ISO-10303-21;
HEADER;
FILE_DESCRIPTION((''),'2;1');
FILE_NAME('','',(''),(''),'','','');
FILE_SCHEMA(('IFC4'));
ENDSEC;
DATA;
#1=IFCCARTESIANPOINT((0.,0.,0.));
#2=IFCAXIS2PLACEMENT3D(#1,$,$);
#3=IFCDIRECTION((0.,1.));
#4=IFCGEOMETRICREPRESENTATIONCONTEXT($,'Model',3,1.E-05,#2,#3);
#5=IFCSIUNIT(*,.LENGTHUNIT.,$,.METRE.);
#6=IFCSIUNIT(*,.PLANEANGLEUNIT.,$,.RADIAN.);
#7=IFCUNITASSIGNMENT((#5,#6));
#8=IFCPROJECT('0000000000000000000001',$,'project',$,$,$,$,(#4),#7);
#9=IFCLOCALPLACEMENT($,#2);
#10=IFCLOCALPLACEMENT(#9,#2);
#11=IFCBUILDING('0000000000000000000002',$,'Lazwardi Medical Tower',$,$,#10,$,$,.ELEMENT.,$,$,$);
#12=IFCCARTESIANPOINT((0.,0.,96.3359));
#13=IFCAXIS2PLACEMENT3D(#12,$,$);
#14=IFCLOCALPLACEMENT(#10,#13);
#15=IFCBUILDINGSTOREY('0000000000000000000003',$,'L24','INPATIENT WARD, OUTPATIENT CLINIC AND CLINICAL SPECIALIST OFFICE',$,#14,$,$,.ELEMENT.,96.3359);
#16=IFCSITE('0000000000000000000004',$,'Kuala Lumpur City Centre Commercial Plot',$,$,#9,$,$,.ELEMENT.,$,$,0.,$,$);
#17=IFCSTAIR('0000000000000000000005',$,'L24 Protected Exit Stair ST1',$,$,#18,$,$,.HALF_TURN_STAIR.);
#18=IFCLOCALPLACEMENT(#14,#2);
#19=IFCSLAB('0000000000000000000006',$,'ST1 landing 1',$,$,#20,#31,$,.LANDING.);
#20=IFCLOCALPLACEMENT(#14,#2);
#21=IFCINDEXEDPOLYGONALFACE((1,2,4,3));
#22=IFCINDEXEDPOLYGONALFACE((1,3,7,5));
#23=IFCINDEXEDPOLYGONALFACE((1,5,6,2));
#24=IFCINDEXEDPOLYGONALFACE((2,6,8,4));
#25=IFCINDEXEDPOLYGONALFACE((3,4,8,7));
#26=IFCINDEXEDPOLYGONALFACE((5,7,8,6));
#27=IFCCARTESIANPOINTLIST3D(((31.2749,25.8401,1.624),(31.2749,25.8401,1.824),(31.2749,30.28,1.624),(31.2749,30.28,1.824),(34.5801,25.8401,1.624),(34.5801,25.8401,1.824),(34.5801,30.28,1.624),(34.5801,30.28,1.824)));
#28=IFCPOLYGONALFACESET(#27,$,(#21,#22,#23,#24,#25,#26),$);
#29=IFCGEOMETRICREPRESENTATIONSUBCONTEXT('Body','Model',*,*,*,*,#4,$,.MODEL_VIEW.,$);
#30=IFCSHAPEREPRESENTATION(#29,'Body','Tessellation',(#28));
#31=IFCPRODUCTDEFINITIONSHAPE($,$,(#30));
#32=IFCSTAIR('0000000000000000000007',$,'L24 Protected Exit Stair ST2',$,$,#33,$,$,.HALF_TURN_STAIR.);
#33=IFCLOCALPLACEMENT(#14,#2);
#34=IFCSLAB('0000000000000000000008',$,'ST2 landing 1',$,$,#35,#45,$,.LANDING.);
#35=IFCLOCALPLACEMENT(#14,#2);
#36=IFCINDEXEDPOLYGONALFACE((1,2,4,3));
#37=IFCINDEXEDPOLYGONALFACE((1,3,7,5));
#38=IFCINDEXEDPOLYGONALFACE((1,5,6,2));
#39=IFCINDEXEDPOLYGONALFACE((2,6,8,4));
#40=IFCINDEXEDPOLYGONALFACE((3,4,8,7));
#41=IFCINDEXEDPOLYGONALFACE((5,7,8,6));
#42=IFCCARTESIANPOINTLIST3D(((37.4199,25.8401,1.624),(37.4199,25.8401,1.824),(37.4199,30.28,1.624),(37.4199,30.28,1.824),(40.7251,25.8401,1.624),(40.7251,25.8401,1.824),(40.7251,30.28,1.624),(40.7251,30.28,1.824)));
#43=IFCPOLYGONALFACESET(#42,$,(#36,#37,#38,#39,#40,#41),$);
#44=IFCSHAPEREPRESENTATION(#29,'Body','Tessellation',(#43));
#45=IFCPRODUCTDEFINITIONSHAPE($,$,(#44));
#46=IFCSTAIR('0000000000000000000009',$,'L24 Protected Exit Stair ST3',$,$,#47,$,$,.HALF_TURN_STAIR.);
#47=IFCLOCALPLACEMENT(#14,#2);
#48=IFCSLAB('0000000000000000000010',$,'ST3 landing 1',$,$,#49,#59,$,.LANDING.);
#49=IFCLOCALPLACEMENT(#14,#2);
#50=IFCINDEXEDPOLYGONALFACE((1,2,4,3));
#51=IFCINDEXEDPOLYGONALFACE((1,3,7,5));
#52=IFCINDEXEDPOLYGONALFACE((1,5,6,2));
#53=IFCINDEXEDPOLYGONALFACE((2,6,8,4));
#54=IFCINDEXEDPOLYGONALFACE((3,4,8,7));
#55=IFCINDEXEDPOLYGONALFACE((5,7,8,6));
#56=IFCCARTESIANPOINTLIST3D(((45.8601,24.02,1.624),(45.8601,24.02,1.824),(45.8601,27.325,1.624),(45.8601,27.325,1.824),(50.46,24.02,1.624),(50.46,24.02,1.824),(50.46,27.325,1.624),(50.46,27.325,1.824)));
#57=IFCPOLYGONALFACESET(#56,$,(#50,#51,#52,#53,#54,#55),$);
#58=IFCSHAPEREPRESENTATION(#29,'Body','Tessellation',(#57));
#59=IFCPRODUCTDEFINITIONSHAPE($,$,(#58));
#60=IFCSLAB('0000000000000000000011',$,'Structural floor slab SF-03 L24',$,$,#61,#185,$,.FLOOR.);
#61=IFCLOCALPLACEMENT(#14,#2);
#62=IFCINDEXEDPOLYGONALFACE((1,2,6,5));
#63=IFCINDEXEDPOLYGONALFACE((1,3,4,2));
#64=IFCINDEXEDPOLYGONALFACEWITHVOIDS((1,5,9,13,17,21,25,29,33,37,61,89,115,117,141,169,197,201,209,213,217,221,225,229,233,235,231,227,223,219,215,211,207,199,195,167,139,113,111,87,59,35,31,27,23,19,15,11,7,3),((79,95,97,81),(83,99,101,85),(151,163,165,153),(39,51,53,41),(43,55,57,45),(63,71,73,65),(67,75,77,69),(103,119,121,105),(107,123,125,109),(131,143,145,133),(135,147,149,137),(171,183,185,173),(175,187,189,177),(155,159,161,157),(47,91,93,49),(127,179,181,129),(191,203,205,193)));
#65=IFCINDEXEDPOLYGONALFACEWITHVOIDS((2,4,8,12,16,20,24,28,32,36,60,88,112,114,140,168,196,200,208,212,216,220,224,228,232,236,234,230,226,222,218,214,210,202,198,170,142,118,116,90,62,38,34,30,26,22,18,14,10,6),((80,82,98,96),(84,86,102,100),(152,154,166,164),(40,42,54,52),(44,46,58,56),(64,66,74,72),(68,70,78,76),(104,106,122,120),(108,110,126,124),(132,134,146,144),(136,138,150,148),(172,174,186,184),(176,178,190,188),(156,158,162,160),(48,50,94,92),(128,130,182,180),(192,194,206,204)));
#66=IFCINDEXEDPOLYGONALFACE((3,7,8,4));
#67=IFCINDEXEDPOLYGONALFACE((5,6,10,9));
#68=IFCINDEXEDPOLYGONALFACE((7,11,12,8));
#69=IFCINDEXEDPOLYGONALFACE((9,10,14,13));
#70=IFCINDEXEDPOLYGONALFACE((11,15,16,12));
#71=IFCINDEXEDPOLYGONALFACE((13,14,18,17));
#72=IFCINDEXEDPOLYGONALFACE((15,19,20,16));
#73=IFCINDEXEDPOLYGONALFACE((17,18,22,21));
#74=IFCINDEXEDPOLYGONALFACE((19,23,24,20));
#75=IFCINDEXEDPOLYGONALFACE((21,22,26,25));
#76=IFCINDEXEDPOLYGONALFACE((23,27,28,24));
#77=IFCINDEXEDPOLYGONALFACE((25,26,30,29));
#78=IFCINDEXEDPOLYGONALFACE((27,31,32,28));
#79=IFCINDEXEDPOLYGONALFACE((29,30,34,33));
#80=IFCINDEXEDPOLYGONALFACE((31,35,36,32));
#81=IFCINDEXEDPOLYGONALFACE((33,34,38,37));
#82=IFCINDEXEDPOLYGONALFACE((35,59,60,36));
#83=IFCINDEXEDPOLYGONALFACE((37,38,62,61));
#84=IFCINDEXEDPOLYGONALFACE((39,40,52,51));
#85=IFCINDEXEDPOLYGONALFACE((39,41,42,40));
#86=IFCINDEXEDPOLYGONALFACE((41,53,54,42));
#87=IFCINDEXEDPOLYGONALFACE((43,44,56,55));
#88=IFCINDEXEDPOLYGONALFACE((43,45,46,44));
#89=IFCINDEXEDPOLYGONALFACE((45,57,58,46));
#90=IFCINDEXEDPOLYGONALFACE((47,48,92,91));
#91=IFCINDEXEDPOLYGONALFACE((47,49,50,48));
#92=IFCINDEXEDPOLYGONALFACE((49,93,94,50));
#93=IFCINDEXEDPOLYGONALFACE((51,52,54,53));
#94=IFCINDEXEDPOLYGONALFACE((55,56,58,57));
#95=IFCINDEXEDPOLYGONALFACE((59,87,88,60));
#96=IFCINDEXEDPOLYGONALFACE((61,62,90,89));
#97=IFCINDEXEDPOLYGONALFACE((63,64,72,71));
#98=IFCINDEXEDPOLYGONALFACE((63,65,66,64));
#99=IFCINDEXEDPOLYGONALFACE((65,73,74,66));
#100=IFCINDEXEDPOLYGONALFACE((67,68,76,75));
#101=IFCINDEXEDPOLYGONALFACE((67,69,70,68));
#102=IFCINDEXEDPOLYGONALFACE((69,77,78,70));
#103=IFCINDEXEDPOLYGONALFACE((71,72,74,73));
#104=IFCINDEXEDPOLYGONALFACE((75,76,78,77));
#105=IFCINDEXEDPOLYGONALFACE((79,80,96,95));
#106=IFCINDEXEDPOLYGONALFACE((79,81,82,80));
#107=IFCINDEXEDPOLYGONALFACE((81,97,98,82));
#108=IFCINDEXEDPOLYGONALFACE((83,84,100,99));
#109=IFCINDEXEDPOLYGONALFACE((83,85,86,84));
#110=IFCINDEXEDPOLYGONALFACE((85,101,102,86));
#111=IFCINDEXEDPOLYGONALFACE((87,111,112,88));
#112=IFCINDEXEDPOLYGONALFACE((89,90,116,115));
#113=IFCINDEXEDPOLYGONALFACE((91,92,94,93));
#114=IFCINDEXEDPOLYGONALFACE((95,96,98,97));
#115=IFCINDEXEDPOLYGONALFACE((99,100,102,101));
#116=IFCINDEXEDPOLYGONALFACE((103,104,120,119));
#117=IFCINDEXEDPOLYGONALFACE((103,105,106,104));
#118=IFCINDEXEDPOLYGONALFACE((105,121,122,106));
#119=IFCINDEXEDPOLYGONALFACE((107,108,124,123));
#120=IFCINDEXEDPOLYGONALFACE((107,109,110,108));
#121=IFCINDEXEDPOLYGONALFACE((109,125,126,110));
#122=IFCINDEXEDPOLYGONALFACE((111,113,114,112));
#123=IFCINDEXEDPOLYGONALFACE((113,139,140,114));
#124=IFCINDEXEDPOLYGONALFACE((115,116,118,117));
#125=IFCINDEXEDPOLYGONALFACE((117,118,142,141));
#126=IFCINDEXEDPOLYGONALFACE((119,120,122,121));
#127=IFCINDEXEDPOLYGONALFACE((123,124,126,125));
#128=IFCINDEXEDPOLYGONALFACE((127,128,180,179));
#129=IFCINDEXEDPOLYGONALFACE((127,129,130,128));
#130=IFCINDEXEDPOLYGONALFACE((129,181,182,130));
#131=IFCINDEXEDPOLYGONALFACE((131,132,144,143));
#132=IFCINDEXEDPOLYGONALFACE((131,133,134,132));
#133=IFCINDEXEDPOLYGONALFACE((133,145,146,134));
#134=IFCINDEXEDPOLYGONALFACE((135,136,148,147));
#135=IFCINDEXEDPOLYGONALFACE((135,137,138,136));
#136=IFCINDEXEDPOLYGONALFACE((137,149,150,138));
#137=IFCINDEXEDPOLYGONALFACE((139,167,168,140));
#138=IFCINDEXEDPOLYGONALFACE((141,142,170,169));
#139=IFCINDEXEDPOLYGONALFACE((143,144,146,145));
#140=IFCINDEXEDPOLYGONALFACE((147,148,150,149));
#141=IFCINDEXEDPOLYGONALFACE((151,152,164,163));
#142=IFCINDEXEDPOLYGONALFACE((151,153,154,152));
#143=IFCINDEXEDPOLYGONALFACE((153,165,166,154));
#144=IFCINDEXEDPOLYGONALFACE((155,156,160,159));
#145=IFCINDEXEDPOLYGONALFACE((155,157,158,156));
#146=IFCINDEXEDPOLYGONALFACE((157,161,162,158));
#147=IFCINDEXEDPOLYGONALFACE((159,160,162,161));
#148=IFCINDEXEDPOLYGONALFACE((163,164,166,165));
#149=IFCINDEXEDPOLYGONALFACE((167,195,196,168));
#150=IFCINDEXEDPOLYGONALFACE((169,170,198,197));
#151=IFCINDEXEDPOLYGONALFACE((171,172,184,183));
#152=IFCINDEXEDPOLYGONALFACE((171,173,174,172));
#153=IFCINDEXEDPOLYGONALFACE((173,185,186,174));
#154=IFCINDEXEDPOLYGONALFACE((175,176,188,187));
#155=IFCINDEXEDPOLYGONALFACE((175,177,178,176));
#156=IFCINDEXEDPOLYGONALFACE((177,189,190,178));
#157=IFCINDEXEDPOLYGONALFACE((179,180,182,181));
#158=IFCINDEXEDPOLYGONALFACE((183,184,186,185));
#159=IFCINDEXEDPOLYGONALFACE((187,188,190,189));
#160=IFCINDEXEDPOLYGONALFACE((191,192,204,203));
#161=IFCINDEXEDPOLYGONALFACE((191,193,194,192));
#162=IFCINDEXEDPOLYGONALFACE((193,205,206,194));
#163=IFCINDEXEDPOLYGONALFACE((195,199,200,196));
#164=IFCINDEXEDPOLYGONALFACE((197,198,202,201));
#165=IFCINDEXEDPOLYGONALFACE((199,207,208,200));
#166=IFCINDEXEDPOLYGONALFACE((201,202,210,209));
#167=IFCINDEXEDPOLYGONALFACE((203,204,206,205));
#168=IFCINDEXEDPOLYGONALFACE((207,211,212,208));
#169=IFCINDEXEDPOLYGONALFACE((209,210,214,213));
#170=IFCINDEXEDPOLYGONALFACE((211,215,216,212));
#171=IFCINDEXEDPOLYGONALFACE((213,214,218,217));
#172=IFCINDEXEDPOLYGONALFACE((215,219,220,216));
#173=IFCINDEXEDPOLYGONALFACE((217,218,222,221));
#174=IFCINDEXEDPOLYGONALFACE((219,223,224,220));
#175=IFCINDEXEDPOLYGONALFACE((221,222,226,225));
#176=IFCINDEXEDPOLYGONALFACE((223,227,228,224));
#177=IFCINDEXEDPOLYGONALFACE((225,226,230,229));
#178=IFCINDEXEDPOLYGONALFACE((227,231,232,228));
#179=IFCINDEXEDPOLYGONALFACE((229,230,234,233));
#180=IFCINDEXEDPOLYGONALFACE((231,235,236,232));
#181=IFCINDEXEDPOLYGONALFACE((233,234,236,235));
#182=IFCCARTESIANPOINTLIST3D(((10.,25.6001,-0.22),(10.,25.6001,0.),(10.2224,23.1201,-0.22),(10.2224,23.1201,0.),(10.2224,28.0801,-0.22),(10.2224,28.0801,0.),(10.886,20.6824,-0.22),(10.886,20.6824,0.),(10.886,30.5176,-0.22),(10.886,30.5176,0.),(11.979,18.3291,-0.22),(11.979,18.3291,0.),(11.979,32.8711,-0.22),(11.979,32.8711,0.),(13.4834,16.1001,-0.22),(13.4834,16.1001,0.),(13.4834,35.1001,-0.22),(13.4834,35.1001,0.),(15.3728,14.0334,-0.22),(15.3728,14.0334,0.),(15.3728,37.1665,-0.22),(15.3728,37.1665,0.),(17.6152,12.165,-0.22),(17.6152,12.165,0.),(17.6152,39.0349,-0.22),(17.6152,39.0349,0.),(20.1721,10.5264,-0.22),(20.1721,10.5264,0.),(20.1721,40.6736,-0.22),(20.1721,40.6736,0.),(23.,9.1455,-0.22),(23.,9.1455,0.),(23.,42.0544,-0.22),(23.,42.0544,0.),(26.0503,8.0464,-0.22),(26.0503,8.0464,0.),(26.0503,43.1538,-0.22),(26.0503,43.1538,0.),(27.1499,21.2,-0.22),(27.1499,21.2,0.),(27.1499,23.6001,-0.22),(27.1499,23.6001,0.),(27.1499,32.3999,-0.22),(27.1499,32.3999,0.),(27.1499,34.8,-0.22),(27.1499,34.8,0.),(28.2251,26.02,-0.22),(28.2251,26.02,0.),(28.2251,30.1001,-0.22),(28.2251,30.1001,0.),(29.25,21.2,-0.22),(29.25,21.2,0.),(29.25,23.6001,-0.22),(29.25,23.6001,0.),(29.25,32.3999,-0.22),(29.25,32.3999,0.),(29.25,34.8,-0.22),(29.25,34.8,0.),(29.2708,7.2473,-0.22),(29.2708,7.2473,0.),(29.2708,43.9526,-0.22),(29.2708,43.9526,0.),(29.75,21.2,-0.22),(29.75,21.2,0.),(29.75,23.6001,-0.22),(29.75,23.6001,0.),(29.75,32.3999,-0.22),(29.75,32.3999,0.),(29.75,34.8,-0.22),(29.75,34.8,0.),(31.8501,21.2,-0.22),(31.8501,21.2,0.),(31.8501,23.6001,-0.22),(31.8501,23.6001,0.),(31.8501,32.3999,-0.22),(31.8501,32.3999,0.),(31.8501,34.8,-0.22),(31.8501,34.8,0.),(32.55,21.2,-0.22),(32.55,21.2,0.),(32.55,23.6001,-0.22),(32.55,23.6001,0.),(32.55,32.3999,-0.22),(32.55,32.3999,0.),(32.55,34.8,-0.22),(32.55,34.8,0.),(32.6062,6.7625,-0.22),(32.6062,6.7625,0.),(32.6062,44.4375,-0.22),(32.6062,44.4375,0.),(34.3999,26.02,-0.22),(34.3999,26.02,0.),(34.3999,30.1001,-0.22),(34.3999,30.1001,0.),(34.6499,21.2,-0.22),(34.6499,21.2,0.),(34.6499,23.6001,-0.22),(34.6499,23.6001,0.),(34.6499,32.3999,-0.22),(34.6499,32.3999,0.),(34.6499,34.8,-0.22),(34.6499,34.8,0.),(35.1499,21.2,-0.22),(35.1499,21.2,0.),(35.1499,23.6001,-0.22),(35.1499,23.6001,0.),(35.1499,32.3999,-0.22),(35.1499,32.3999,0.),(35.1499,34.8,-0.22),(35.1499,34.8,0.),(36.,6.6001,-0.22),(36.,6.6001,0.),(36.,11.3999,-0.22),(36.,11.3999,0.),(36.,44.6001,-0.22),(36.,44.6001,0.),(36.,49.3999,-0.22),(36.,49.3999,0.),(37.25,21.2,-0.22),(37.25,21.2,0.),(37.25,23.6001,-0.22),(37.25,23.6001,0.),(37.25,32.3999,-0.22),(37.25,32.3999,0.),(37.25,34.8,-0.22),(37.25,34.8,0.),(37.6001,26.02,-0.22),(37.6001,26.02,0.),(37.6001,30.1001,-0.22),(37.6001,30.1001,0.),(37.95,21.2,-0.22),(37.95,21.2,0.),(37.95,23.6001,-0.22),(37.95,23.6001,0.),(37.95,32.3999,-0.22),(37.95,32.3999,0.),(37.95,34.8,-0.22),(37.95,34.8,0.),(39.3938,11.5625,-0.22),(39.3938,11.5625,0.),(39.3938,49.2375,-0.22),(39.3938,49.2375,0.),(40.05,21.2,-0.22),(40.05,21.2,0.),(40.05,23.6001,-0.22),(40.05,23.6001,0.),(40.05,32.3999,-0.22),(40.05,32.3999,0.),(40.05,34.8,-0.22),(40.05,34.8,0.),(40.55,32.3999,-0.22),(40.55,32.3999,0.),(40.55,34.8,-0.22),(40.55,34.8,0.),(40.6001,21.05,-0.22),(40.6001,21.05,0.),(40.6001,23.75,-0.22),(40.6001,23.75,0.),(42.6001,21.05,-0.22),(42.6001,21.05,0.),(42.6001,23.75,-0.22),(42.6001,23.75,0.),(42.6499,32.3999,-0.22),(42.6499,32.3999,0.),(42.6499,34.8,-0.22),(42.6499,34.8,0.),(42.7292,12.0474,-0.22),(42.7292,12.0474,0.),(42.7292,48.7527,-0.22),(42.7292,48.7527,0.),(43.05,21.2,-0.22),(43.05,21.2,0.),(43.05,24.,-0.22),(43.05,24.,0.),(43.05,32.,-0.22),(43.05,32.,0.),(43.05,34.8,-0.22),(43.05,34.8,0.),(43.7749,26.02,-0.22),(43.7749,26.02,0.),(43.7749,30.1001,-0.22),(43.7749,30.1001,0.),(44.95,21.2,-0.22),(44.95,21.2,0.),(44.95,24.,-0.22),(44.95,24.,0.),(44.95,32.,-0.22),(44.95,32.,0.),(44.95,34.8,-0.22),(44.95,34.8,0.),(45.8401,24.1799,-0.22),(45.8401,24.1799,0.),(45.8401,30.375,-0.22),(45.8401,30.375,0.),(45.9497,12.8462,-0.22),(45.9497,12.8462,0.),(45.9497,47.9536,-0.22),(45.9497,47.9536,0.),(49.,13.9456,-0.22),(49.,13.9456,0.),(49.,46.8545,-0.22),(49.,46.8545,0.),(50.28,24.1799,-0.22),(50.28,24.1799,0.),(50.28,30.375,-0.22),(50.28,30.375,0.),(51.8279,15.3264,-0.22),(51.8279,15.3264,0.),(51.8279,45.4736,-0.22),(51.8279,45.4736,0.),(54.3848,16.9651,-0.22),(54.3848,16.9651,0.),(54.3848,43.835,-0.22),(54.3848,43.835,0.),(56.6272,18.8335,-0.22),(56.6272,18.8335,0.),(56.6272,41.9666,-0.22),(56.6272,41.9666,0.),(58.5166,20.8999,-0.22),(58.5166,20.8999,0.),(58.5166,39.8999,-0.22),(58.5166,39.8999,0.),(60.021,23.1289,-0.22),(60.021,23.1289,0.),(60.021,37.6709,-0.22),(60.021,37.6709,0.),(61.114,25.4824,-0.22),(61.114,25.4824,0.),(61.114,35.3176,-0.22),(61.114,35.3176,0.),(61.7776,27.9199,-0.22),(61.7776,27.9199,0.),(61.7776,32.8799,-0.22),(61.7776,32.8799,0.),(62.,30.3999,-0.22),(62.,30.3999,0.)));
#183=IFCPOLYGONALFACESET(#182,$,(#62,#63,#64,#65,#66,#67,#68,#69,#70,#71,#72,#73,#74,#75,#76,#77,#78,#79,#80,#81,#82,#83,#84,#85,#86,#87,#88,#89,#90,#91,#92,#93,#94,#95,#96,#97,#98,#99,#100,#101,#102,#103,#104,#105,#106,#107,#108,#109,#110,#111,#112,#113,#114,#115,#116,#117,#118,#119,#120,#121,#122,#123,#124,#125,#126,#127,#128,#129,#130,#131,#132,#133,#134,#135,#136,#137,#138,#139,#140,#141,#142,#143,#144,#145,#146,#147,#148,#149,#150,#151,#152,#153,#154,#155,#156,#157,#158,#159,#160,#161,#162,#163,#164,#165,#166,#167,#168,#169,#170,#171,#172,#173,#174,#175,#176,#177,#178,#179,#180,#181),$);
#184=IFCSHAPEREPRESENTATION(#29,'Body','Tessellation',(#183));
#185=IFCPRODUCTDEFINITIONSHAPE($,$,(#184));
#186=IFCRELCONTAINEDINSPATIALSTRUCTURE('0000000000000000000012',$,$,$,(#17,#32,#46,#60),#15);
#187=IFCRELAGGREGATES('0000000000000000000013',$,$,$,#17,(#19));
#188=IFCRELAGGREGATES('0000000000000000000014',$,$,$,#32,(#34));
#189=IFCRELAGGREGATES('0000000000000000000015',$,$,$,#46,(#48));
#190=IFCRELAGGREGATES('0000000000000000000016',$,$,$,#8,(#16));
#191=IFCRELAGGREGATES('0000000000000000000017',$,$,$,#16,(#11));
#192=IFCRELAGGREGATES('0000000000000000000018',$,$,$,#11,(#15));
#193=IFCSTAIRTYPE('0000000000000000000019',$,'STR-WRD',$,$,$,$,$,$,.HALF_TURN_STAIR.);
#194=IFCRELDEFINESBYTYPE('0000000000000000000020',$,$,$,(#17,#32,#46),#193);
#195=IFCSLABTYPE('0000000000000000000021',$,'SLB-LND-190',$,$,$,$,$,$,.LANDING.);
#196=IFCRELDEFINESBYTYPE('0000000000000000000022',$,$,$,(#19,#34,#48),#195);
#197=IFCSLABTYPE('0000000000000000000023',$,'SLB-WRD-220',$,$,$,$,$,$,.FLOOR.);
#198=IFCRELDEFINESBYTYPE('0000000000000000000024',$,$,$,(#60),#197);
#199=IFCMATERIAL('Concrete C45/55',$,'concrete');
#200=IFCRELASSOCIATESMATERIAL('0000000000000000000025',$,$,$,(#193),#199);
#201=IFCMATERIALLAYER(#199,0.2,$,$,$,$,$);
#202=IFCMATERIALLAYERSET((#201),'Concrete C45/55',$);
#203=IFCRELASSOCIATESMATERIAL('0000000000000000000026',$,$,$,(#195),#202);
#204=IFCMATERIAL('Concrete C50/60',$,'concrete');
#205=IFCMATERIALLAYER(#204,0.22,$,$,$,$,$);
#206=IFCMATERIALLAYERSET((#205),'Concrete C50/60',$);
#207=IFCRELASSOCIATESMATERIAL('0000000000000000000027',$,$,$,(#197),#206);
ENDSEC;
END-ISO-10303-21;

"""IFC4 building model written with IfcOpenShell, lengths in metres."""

from ifc_helpers import new_model, si_unit, direction, frame, origin, place, context, subcontext, project, spatial, polyline, outline, extrude, material, layer, layer_set, type_object, element, aggregate, save


model = new_model("IFC4")

# Units and contexts
model_context = context("Model", 3, precision=1e-05, world=origin(), true_north=direction((0.0, 1.0)))
body_context = subcontext(model_context, "Body", "Model", "MODEL_VIEW")
ifc_project = project(units=[si_unit("LENGTHUNIT", "METRE"), si_unit("PLANEANGLEUNIT", "RADIAN")], contexts=[model_context])

# Site, building, storey
site_placement = place(None, origin())
site = spatial("IfcSite", under=ifc_project, at=site_placement, Name="Kuala Lumpur City Centre Commercial Plot", CompositionType="ELEMENT", RefElevation=0.0)
building_placement = place(site_placement, origin())
building = spatial("IfcBuilding", under=site, at=building_placement, Name="Lazwardi Medical Tower", CompositionType="ELEMENT")
storey_placement = place(building_placement, frame((0.0, 0.0, 96.3359)))
storey = spatial("IfcBuildingStorey", under=building, at=storey_placement, Name="L24", Description="INPATIENT WARD, OUTPATIENT CLINIC AND CLINICAL SPECIALIST OFFICE", CompositionType="ELEMENT", Elevation=96.3359)

# Stairs, slabs
ifc_material_1 = material(Name="Concrete C45/55", Category="concrete")
stair_type = type_object("IfcStairType", Name="STR-WRD", PredefinedType="HALF_TURN_STAIR", material=ifc_material_1)
stair_1_placement = place(storey_placement, origin())
stair_1 = element("IfcStair", 1, at=stair_1_placement, inside=storey, type_object=stair_type, Name="L24 Protected Exit Stair ST1", PredefinedType="HALF_TURN_STAIR")
ifc_layer_1 = layer(ifc_material_1, 0.2)
ifc_layer_set_1 = layer_set([ifc_layer_1], Name="Concrete C45/55")
slab_type_1 = type_object("IfcSlabType", Name="SLB-LND-190", PredefinedType="LANDING", material=ifc_layer_set_1)
slab_1_placement = place(storey_placement, frame((0.0, 0.0, 1.624)))
slab_1 = element("IfcSlab", 2, at=slab_1_placement, type_object=slab_type_1, Name="ST1 landing 1", PredefinedType="LANDING", context=body_context, shape_type="SweptSolid", body=[
    extrude(outline(polyline([(31.2749, 25.8401), (34.5801, 25.8401), (34.5801, 30.28), (31.2749, 30.28), (31.2749, 25.8401)])), origin(), (0.0, 0.0, 1.0), 0.2),
])
aggregate(stair_1, [slab_1])
stair_2_placement = place(storey_placement, origin())
stair_2 = element("IfcStair", 3, at=stair_2_placement, inside=storey, type_object=stair_type, Name="L24 Protected Exit Stair ST2", PredefinedType="HALF_TURN_STAIR")
slab_2_placement = place(storey_placement, frame((0.0, 0.0, 1.624)))
slab_2 = element("IfcSlab", 4, at=slab_2_placement, type_object=slab_type_1, Name="ST2 landing 1", PredefinedType="LANDING", context=body_context, shape_type="SweptSolid", body=[
    extrude(outline(polyline([(40.7251, 30.28), (37.4199, 30.28), (37.4199, 25.8401), (40.7251, 25.8401), (40.7251, 30.28)])), origin(), (0.0, 0.0, 1.0), 0.2),
])
aggregate(stair_2, [slab_2])
stair_3_placement = place(storey_placement, origin())
stair_3 = element("IfcStair", 5, at=stair_3_placement, inside=storey, type_object=stair_type, Name="L24 Protected Exit Stair ST3", PredefinedType="HALF_TURN_STAIR")
slab_3_placement = place(storey_placement, frame((0.0, 0.0, 1.624)))
slab_3 = element("IfcSlab", 6, at=slab_3_placement, type_object=slab_type_1, Name="ST3 landing 1", PredefinedType="LANDING", context=body_context, shape_type="SweptSolid", body=[
    extrude(outline(polyline([(45.8601, 27.325), (45.8601, 24.02), (50.46, 24.02), (50.46, 27.325), (45.8601, 27.325)])), origin(), (0.0, 0.0, 1.0), 0.2),
])
aggregate(stair_3, [slab_3])

# Slab
ifc_material_2 = material(Name="Concrete C50/60", Category="concrete")
ifc_layer_2 = layer(ifc_material_2, 0.22)
ifc_layer_set_2 = layer_set([ifc_layer_2], Name="Concrete C50/60")
slab_type_2 = type_object("IfcSlabType", Name="SLB-WRD-220", PredefinedType="FLOOR", material=ifc_layer_set_2)
slab_4_placement = place(storey_placement, frame((0.0, 0.0, -0.22)))
element("IfcSlab", 7, at=slab_4_placement, inside=storey, type_object=slab_type_2, Name="Structural floor slab SF-03 L24", PredefinedType="FLOOR", context=body_context, shape_type="SweptSolid", body=[
    extrude(outline(polyline([(11.979, 32.8711), (10.886, 30.5176), (10.2224, 28.0801), (10.0, 25.6001), (10.2224, 23.1201), (10.886, 20.6824), (11.979, 18.3291), (13.4834, 16.1001), (15.3728, 14.0334), (17.6152, 12.165), (20.1721, 10.5264), (23.0, 9.1455), (26.0503, 8.0464), (29.2708, 7.2473), (32.6062, 6.7625), (36.0, 6.6001), (36.0, 11.3999), (39.3938, 11.5625), (42.7292, 12.0474), (45.9497, 12.8462), (49.0, 13.9456), (51.8279, 15.3264), (54.3848, 16.9651), (56.6272, 18.8335), (58.5166, 20.8999), (60.021, 23.1289), (61.114, 25.4824), (61.7776, 27.9199), (62.0, 30.3999), (61.7776, 32.8799), (61.114, 35.3176), (60.021, 37.6709), (58.5166, 39.8999), (56.6272, 41.9666), (54.3848, 43.835), (51.8279, 45.4736), (49.0, 46.8545), (45.9497, 47.9536), (42.7292, 48.7527), (39.3938, 49.2375), (36.0, 49.3999), (36.0, 44.6001), (32.6062, 44.4375), (29.2708, 43.9526), (26.0503, 43.1538), (23.0, 42.0544), (20.1721, 40.6736), (17.6152, 39.0349), (15.3728, 37.1665), (13.4834, 35.1001), (11.979, 32.8711)]), holes=[polyline([(28.2251, 26.02), (28.2251, 30.1001), (34.3999, 30.1001), (34.3999, 26.02), (28.2251, 26.02)]), polyline([(37.6001, 30.1001), (43.7749, 30.1001), (43.7749, 26.02), (37.6001, 26.02), (37.6001, 30.1001)]), polyline([(50.28, 30.375), (50.28, 24.1799), (45.8401, 24.1799), (45.8401, 30.375), (50.28, 30.375)]), polyline([(29.25, 32.3999), (27.1499, 32.3999), (27.1499, 34.8), (29.25, 34.8), (29.25, 32.3999)]), polyline([(29.75, 32.3999), (29.75, 34.8), (31.8501, 34.8), (31.8501, 32.3999), (29.75, 32.3999)]), polyline([(27.1499, 23.6001), (29.25, 23.6001), (29.25, 21.2), (27.1499, 21.2), (27.1499, 23.6001)]), polyline([(31.8501, 23.6001), (31.8501, 21.2), (29.75, 21.2), (29.75, 23.6001), (31.8501, 23.6001)]), polyline([(34.6499, 32.3999), (32.55, 32.3999), (32.55, 34.8), (34.6499, 34.8), (34.6499, 32.3999)]), polyline([(35.1499, 32.3999), (35.1499, 34.8), (37.25, 34.8), (37.25, 32.3999), (35.1499, 32.3999)]), polyline([(32.55, 23.6001), (34.6499, 23.6001), (34.6499, 21.2), (32.55, 21.2), (32.55, 23.6001)]), polyline([(37.25, 23.6001), (37.25, 21.2), (35.1499, 21.2), (35.1499, 23.6001), (37.25, 23.6001)]), polyline([(40.05, 32.3999), (37.95, 32.3999), (37.95, 34.8), (40.05, 34.8), (40.05, 32.3999)]), polyline([(40.55, 32.3999), (40.55, 34.8), (42.6499, 34.8), (42.6499, 32.3999), (40.55, 32.3999)]), polyline([(37.95, 23.6001), (40.05, 23.6001), (40.05, 21.2), (37.95, 21.2), (37.95, 23.6001)]), polyline([(44.95, 34.8), (44.95, 32.0), (43.05, 32.0), (43.05, 34.8), (44.95, 34.8)]), polyline([(44.95, 21.2), (43.05, 21.2), (43.05, 24.0), (44.95, 24.0), (44.95, 21.2)]), polyline([(40.6001, 21.05), (40.6001, 23.75), (42.6001, 23.75), (42.6001, 21.05), (40.6001, 21.05)])]), origin(), (0.0, 0.0, 1.0), 0.22),
])

save(model, "model.ifc")
